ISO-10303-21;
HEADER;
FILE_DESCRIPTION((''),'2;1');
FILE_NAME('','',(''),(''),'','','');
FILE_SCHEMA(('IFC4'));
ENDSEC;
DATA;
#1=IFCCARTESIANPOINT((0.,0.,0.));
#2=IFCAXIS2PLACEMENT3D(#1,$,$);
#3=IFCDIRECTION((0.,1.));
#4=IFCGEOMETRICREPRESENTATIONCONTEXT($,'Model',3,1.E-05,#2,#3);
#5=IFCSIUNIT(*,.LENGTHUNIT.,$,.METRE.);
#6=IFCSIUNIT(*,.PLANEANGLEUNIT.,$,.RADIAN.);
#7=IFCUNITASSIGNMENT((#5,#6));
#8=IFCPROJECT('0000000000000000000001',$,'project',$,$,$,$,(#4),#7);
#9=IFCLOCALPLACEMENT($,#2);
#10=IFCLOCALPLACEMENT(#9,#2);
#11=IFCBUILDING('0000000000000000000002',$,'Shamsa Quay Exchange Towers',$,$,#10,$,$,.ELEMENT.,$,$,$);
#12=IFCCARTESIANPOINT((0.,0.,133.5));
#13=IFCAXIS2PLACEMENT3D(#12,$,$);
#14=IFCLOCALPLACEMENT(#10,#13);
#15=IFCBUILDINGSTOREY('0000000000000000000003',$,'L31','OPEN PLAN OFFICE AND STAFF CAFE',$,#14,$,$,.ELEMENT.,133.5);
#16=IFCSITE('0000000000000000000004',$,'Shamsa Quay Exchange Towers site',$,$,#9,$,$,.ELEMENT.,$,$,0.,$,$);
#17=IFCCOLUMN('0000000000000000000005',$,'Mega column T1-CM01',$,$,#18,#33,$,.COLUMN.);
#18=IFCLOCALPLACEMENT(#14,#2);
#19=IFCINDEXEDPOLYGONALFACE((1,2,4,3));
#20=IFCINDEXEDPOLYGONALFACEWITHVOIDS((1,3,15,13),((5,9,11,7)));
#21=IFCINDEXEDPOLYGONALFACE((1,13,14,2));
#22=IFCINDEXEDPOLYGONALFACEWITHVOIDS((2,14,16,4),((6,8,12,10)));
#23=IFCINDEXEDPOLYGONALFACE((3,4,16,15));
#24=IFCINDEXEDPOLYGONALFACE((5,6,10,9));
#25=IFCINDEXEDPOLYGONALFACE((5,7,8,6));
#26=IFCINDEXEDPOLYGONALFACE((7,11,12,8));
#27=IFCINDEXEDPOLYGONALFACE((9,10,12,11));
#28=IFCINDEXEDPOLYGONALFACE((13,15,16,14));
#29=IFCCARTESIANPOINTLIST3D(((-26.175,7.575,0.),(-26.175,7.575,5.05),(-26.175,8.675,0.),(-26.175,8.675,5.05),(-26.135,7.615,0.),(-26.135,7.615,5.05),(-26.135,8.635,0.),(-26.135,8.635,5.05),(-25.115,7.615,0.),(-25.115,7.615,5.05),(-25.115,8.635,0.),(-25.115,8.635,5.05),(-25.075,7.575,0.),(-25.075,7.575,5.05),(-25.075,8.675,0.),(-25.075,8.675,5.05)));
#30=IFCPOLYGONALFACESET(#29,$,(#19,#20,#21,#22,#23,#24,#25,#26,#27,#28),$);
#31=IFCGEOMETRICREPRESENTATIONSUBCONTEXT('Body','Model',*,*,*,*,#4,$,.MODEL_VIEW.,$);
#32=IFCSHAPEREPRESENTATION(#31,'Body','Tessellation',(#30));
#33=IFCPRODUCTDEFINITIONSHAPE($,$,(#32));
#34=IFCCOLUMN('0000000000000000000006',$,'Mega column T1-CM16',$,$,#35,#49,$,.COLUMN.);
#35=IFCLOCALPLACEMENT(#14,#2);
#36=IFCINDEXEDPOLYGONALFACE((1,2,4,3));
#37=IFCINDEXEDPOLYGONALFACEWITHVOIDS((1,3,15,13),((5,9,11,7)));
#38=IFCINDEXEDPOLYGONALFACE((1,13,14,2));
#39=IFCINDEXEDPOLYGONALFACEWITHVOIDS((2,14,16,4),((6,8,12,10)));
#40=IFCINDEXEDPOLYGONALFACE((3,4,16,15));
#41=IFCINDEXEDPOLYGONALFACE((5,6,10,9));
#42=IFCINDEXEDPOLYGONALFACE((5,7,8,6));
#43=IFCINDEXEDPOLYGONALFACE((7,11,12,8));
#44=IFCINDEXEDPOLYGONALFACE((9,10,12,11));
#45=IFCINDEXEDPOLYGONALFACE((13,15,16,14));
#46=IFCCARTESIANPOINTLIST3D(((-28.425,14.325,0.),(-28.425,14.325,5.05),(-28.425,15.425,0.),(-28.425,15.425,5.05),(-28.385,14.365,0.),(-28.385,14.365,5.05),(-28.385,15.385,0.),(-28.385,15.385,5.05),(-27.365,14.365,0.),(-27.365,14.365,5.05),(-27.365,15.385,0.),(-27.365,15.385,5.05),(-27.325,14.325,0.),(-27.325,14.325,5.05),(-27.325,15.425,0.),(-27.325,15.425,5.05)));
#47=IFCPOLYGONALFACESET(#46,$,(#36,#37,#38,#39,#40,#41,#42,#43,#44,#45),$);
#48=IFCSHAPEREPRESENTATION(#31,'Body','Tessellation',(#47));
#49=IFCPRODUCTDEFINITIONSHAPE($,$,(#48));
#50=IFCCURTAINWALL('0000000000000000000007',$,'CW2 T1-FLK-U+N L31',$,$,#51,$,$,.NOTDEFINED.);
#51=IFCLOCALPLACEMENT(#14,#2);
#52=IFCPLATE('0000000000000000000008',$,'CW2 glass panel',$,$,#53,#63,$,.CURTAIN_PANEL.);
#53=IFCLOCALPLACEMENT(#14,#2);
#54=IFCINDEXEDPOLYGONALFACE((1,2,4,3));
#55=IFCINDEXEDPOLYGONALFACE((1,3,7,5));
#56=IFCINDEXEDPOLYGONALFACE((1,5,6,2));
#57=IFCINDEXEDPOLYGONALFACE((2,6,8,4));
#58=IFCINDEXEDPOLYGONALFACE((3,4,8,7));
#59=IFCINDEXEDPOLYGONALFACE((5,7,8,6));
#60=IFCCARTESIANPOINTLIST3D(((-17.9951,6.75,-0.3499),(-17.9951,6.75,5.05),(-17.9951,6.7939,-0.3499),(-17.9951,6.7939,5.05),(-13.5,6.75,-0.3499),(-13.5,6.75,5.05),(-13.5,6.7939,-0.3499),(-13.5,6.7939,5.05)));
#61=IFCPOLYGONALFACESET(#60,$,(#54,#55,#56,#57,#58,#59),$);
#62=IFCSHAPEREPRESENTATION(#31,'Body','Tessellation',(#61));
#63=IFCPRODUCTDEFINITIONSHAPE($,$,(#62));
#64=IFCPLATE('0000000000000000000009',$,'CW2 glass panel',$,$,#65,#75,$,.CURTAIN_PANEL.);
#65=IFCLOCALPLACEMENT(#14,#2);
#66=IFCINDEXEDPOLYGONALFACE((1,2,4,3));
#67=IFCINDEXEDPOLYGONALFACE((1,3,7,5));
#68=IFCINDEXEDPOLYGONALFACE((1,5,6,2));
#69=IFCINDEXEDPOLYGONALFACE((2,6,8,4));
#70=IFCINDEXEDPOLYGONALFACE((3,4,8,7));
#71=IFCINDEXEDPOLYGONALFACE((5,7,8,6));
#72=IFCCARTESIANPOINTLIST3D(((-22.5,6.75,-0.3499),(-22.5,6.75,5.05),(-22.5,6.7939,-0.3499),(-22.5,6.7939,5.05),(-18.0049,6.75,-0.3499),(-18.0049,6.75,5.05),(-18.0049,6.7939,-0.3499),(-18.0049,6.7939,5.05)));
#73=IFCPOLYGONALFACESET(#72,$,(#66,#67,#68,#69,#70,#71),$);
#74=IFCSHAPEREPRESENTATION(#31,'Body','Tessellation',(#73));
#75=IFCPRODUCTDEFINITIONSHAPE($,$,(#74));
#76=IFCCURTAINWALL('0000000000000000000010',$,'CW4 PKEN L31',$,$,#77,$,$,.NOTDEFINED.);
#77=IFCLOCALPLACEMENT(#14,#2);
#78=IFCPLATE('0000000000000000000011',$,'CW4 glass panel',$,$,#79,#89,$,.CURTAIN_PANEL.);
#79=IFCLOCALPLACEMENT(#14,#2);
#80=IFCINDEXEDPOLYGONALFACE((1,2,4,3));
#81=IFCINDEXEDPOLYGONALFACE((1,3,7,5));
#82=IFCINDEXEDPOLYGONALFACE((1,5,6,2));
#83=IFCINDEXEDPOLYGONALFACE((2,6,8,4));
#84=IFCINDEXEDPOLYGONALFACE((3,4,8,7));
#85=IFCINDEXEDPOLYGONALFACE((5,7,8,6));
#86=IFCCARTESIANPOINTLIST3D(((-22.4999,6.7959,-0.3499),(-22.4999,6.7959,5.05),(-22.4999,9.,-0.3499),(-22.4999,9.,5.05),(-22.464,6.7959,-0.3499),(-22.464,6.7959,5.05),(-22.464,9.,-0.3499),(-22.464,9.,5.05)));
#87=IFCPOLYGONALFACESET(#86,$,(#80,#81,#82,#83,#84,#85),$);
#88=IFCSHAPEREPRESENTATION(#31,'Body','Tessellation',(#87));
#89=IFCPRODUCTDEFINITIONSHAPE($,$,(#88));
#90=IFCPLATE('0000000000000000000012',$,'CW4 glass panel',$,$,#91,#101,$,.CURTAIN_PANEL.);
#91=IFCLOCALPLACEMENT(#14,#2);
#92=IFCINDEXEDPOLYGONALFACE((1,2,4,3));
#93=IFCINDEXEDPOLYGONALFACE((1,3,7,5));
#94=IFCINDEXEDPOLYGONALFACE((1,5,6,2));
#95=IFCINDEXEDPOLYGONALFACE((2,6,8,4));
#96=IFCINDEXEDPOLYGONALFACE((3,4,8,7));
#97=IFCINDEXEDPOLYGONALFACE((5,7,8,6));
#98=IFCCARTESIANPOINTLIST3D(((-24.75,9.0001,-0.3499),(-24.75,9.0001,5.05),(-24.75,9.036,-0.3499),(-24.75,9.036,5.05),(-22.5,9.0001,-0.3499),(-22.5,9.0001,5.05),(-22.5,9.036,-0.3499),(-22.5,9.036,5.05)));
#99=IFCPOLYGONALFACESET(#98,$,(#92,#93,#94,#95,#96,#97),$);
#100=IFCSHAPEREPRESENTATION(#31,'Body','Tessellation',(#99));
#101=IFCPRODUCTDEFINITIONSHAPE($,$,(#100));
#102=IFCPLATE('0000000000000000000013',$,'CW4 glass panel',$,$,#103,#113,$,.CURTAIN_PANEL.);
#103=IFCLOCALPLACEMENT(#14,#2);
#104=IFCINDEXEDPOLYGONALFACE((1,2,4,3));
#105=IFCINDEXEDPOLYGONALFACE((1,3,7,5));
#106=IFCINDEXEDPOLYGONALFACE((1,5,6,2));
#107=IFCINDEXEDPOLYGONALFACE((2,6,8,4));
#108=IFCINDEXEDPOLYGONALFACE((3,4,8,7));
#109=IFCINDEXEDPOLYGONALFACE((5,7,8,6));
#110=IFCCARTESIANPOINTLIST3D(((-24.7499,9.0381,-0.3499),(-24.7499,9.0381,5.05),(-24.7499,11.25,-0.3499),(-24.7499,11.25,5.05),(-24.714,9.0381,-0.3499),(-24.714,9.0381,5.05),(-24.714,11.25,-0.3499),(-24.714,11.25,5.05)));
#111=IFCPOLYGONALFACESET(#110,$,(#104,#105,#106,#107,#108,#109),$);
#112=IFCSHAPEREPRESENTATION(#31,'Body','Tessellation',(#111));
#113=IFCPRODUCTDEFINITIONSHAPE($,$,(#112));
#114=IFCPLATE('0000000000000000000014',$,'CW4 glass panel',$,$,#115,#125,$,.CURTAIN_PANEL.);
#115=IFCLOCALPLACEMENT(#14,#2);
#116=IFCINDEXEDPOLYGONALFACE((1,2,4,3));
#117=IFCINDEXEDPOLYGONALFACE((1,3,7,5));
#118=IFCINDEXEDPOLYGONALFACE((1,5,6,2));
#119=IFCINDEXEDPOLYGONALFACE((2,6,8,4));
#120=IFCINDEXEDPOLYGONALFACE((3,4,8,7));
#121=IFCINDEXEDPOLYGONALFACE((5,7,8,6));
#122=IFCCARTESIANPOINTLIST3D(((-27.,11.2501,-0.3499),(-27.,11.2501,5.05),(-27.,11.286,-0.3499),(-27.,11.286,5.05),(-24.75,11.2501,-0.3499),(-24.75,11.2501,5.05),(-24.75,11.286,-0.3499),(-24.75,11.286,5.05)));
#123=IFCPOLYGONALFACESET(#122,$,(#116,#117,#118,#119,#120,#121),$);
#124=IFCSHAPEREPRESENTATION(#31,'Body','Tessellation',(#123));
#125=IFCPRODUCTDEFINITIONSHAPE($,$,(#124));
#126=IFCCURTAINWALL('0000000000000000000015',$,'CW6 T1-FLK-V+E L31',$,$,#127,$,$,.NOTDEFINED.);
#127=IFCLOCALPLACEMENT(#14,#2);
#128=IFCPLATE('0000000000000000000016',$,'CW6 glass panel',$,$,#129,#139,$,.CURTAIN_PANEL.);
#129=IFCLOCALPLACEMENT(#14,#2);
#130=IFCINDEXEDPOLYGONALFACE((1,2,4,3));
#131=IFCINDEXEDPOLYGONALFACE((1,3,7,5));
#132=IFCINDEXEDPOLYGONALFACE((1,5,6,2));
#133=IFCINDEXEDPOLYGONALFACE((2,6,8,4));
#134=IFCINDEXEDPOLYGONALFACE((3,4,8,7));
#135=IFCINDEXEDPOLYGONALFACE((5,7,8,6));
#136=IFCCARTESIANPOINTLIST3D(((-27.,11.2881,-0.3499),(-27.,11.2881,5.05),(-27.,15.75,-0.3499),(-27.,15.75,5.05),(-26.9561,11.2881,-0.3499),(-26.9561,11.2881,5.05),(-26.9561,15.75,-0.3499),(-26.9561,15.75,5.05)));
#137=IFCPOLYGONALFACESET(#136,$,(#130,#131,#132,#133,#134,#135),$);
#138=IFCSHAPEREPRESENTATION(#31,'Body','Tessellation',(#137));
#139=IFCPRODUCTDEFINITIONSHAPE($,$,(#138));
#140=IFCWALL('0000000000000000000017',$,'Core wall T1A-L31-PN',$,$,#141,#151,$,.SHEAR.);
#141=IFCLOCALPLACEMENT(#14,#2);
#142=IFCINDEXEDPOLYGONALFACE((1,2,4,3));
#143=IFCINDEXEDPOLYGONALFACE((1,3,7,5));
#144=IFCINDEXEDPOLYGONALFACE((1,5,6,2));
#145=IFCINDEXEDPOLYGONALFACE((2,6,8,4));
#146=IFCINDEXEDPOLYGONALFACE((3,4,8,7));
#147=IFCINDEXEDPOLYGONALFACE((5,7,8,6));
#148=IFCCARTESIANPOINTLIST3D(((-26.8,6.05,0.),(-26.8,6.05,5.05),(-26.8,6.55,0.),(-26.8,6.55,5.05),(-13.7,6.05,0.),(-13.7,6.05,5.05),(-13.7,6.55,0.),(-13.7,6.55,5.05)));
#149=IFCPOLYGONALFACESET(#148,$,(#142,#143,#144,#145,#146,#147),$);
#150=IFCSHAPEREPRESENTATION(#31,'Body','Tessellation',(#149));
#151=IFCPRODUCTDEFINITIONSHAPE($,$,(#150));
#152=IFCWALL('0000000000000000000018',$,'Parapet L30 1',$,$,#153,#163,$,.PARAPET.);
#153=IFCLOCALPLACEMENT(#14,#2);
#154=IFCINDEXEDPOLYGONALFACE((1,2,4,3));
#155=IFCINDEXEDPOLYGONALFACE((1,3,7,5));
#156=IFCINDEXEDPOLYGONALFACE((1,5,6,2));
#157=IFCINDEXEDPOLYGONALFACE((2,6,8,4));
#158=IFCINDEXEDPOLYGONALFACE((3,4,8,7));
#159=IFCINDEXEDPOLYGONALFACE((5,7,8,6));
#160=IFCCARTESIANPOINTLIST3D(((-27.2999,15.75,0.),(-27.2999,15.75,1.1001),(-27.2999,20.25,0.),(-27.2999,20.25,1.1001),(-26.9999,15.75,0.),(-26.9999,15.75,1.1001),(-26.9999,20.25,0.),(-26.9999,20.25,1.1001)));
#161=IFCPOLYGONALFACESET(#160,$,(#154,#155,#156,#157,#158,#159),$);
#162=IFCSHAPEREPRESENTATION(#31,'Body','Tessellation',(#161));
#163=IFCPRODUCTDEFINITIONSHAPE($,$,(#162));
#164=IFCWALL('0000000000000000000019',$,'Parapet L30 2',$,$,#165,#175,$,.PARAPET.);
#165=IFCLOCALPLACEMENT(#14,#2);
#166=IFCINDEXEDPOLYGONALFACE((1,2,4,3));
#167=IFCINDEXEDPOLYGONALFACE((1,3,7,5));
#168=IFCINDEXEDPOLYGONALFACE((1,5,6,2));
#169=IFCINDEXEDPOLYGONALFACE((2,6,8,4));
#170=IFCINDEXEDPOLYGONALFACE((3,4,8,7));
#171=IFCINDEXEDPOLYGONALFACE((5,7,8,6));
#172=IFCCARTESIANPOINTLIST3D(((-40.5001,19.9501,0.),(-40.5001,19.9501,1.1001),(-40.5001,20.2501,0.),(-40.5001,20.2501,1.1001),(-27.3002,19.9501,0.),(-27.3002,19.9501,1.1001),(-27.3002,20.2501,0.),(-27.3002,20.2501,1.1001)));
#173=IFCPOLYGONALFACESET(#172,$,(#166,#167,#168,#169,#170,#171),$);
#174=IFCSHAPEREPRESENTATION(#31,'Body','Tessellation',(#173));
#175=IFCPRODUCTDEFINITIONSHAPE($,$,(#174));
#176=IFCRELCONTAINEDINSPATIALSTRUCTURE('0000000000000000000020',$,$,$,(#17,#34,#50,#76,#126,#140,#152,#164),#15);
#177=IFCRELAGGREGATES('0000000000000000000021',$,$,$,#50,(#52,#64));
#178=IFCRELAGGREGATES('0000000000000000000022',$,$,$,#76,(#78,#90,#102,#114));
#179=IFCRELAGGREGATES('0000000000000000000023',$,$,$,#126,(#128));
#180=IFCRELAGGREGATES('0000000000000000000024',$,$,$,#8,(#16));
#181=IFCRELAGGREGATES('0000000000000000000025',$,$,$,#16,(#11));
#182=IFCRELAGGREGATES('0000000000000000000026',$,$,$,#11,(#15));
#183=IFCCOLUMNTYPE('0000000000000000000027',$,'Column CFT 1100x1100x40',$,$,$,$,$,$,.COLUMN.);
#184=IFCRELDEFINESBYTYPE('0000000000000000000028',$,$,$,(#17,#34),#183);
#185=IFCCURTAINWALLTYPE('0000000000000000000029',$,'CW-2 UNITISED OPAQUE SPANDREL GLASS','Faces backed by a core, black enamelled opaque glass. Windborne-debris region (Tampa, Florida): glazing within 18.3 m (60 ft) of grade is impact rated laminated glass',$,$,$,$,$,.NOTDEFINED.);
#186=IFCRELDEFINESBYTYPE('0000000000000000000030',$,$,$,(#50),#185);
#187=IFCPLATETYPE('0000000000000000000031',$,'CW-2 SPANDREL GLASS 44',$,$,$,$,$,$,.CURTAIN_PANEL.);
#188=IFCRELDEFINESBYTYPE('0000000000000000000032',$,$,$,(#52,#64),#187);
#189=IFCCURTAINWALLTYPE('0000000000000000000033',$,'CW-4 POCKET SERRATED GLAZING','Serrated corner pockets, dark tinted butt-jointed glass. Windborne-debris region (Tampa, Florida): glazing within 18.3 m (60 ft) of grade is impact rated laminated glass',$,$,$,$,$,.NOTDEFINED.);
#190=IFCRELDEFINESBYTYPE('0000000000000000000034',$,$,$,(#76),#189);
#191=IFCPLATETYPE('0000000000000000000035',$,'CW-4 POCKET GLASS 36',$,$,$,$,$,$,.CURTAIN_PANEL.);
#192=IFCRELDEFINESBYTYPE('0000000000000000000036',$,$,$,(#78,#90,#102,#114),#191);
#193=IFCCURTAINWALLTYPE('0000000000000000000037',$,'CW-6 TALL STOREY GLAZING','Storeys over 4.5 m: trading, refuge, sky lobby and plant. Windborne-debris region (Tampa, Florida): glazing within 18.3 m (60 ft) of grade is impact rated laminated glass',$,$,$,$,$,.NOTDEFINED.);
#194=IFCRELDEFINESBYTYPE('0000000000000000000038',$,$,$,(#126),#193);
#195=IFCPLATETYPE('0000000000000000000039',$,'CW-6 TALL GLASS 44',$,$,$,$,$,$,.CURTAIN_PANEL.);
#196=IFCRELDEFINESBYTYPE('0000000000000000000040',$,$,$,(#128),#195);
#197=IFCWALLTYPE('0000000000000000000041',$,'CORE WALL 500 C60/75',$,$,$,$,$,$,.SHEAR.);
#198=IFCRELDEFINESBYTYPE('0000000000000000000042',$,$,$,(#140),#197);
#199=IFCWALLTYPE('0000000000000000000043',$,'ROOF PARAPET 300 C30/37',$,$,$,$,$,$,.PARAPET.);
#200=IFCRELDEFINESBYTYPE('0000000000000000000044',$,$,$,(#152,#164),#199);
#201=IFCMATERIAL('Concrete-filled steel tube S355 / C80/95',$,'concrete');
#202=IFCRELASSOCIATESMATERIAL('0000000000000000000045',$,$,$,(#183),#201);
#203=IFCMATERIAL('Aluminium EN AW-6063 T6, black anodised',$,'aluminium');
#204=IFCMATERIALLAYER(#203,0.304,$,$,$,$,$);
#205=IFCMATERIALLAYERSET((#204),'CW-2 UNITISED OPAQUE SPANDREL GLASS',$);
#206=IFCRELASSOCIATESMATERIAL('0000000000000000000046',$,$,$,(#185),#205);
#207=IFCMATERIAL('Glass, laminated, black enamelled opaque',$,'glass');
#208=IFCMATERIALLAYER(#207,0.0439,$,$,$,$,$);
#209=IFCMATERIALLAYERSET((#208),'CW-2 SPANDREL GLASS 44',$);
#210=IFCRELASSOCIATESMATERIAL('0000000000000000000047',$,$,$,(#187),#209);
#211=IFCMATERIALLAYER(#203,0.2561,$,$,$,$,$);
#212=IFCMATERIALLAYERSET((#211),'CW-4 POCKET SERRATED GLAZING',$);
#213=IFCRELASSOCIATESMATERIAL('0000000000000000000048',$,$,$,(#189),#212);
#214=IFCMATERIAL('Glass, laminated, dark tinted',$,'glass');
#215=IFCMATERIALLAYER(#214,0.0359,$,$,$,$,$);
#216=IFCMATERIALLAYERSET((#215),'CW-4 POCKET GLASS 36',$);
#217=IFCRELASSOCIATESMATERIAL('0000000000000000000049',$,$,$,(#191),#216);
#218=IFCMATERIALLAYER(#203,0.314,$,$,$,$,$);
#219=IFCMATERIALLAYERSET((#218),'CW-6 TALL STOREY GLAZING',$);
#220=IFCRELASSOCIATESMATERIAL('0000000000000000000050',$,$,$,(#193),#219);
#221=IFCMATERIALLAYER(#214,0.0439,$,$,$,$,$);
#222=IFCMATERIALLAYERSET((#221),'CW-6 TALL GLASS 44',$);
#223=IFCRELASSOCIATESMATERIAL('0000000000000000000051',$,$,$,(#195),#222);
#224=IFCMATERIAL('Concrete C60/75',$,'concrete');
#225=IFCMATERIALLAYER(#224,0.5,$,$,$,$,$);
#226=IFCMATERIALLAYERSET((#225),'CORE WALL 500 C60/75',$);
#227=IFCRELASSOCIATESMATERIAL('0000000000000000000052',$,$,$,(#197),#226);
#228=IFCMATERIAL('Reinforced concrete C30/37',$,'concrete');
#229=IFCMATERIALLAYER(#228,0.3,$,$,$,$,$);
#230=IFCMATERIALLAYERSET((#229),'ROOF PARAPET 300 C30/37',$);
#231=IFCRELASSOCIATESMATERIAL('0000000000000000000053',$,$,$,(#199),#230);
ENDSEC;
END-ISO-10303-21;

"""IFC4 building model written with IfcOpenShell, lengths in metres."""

from ifc_helpers import new_model, si_unit, direction, frame, frame_2d, origin, origin_2d, place, context, subcontext, project, spatial, rectangle, hollow_rectangle, extrude, material, layer, layer_set, material_profile, profile_set, type_object, element, aggregate, save


model = new_model("IFC4")

# Units and contexts
model_context = context("Model", 3, precision=1e-05, world=origin(), true_north=direction((0.0, 1.0)))
body_context = subcontext(model_context, "Body", "Model", "MODEL_VIEW")
ifc_project = project(units=[si_unit("LENGTHUNIT", "METRE"), si_unit("PLANEANGLEUNIT", "RADIAN")], contexts=[model_context])

# Site, building, storey
site_placement = place(None, origin())
site = spatial("IfcSite", under=ifc_project, at=site_placement, Name="Shamsa Quay Exchange Towers site", CompositionType="ELEMENT", RefElevation=0.0)
building_placement = place(site_placement, origin())
building = spatial("IfcBuilding", under=site, at=building_placement, Name="Shamsa Quay Exchange Towers", CompositionType="ELEMENT")
storey_placement = place(building_placement, frame((0.0, 0.0, 133.5)))
storey = spatial("IfcBuildingStorey", under=building, at=storey_placement, Name="L31", Description="OPEN PLAN OFFICE AND STAFF CAFE", CompositionType="ELEMENT", Elevation=133.5)

# Columns
ifc_material_1 = material(Name="Concrete-filled steel tube S355 / C80/95", Category="concrete")
ifc_material_profile = material_profile(ifc_material_1, hollow_rectangle(XDim=1.1001, YDim=1.1001, WallThickness=0.04, at=origin_2d()), Name="CFT 1100x1100x40")
ifc_profile_set = profile_set([ifc_material_profile], Name="Concrete-filled steel tube S355 / C80/95")
column_type = type_object("IfcColumnType", Name="Column CFT 1100x1100x40", PredefinedType="COLUMN", material=ifc_profile_set)
for number, where, name in (
    (1, (-25.625, 8.125, 0.0), "Mega column T1-CM01"),
    (2, (-27.875, 14.875, 0.0), "Mega column T1-CM16"),
):
    element("IfcColumn", number, at=place(storey_placement, frame(where)), inside=storey, type_object=column_type, Name=name, PredefinedType="COLUMN", context=body_context, shape_type="SweptSolid", body=[
        extrude(hollow_rectangle(XDim=1.1001, YDim=1.1001, WallThickness=0.04, at=origin_2d()), origin(), (0.0, 0.0, 1.0), 5.05),
    ])

# Curtain walls, plates
ifc_material_2 = material(Name="Aluminium EN AW-6063 T6, black anodised", Category="aluminium")
ifc_layer_1 = layer(ifc_material_2, 0.304)
ifc_layer_set_1 = layer_set([ifc_layer_1], Name="CW-2 UNITISED OPAQUE SPANDREL GLASS")
curtain_wall_type_1 = type_object("IfcCurtainWallType", Name="CW-2 UNITISED OPAQUE SPANDREL GLASS", Description="Faces backed by a core, black enamelled opaque glass. Windborne-debris region (Tampa, Florida): glazing within 18.3 m (60 ft) of grade is impact rated laminated glass", PredefinedType="NOTDEFINED", material=ifc_layer_set_1)
curtain_wall_1_placement = place(storey_placement, origin())
curtain_wall_1 = element("IfcCurtainWall", 3, at=curtain_wall_1_placement, inside=storey, type_object=curtain_wall_type_1, Name="CW2 T1-FLK-U+N L31", PredefinedType="NOTDEFINED")
ifc_material_3 = material(Name="Glass, laminated, black enamelled opaque", Category="glass")
ifc_layer_2 = layer(ifc_material_3, 0.0439)
ifc_layer_set_2 = layer_set([ifc_layer_2], Name="CW-2 SPANDREL GLASS 44")
plate_type_1 = type_object("IfcPlateType", Name="CW-2 SPANDREL GLASS 44", PredefinedType="CURTAIN_PANEL", material=ifc_layer_set_2)
plate_1_placement = place(storey_placement, frame((-15.7476, 6.772, -0.3499), z_axis=(0.0, 0.0, 1.0), x_axis=(-1.0, 0.0, 0.0)))
plate_1 = element("IfcPlate", 4, at=plate_1_placement, type_object=plate_type_1, Name="CW2 glass panel", PredefinedType="CURTAIN_PANEL", context=body_context, shape_type="SweptSolid", body=[
    extrude(rectangle(XDim=4.4951, YDim=0.0439, at=origin_2d()), origin(), (0.0, 0.0, 1.0), 5.3999),
])
plate_2_placement = place(storey_placement, frame((-20.2524, 6.772, -0.3499), z_axis=(0.0, 0.0, 1.0), x_axis=(-1.0, 0.0, 0.0)))
plate_2 = element("IfcPlate", 5, at=plate_2_placement, type_object=plate_type_1, Name="CW2 glass panel", PredefinedType="CURTAIN_PANEL", context=body_context, shape_type="SweptSolid", body=[
    extrude(rectangle(XDim=4.4951, YDim=0.0439, at=origin_2d()), origin(), (0.0, 0.0, 1.0), 5.3999),
])
aggregate(curtain_wall_1, [plate_1, plate_2])
ifc_layer_3 = layer(ifc_material_2, 0.2561)
ifc_layer_set_3 = layer_set([ifc_layer_3], Name="CW-4 POCKET SERRATED GLAZING")
curtain_wall_type_2 = type_object("IfcCurtainWallType", Name="CW-4 POCKET SERRATED GLAZING", Description="Serrated corner pockets, dark tinted butt-jointed glass. Windborne-debris region (Tampa, Florida): glazing within 18.3 m (60 ft) of grade is impact rated laminated glass", PredefinedType="NOTDEFINED", material=ifc_layer_set_3)
curtain_wall_2_placement = place(storey_placement, origin())
curtain_wall_2 = element("IfcCurtainWall", 6, at=curtain_wall_2_placement, inside=storey, type_object=curtain_wall_type_2, Name="CW4 PKEN L31", PredefinedType="NOTDEFINED")
ifc_material_4 = material(Name="Glass, laminated, dark tinted", Category="glass")
ifc_layer_4 = layer(ifc_material_4, 0.0359)
ifc_layer_set_4 = layer_set([ifc_layer_4], Name="CW-4 POCKET GLASS 36")
plate_type_2 = type_object("IfcPlateType", Name="CW-4 POCKET GLASS 36", PredefinedType="CURTAIN_PANEL", material=ifc_layer_set_4)
plate_3_placement = place(storey_placement, frame((-22.4819, 7.8979, -0.3499), z_axis=(0.0, 0.0, 1.0), x_axis=(0.0, 1.0, 0.0)))
plate_3 = element("IfcPlate", 7, at=plate_3_placement, type_object=plate_type_2, Name="CW4 glass panel", PredefinedType="CURTAIN_PANEL", context=body_context, shape_type="SweptSolid", body=[
    extrude(rectangle(XDim=2.2041, YDim=0.0359, at=origin_2d()), origin(), (0.0, 0.0, 1.0), 5.3999),
])
plate_4_placement = place(storey_placement, frame((-23.625, 9.0181, -0.3499), z_axis=(0.0, 0.0, 1.0), x_axis=(-1.0, 0.0, 0.0)))
plate_4 = element("IfcPlate", 8, at=plate_4_placement, type_object=plate_type_2, Name="CW4 glass panel", PredefinedType="CURTAIN_PANEL", context=body_context, shape_type="SweptSolid", body=[
    extrude(rectangle(XDim=2.25, YDim=0.0359, at=origin_2d()), origin(), (0.0, 0.0, 1.0), 5.3999),
])
plate_5_placement = place(storey_placement, frame((-24.7319, 10.144, -0.3499), z_axis=(0.0, 0.0, 1.0), x_axis=(0.0, 1.0, 0.0)))
plate_5 = element("IfcPlate", 9, at=plate_5_placement, type_object=plate_type_2, Name="CW4 glass panel", PredefinedType="CURTAIN_PANEL", context=body_context, shape_type="SweptSolid", body=[
    extrude(rectangle(XDim=2.2119, YDim=0.0359, at=origin_2d()), origin(), (0.0, 0.0, 1.0), 5.3999),
])
plate_6_placement = place(storey_placement, frame((-25.875, 11.2681, -0.3499), z_axis=(0.0, 0.0, 1.0), x_axis=(-1.0, 0.0, 0.0)))
plate_6 = element("IfcPlate", 10, at=plate_6_placement, type_object=plate_type_2, Name="CW4 glass panel", PredefinedType="CURTAIN_PANEL", context=body_context, shape_type="SweptSolid", body=[
    extrude(rectangle(XDim=2.25, YDim=0.0359, at=origin_2d()), origin(), (0.0, 0.0, 1.0), 5.3999),
])
aggregate(curtain_wall_2, [plate_3, plate_4, plate_5, plate_6])

# Curtain wall, plate
ifc_layer_5 = layer(ifc_material_2, 0.314)
ifc_layer_set_5 = layer_set([ifc_layer_5], Name="CW-6 TALL STOREY GLAZING")
curtain_wall_type_3 = type_object("IfcCurtainWallType", Name="CW-6 TALL STOREY GLAZING", Description="Storeys over 4.5 m: trading, refuge, sky lobby and plant. Windborne-debris region (Tampa, Florida): glazing within 18.3 m (60 ft) of grade is impact rated laminated glass", PredefinedType="NOTDEFINED", material=ifc_layer_set_5)
curtain_wall_3_placement = place(storey_placement, origin())
curtain_wall_3 = element("IfcCurtainWall", 11, at=curtain_wall_3_placement, inside=storey, type_object=curtain_wall_type_3, Name="CW6 T1-FLK-V+E L31", PredefinedType="NOTDEFINED")
ifc_layer_6 = layer(ifc_material_4, 0.0439)
ifc_layer_set_6 = layer_set([ifc_layer_6], Name="CW-6 TALL GLASS 44")
plate_type_3 = type_object("IfcPlateType", Name="CW-6 TALL GLASS 44", PredefinedType="CURTAIN_PANEL", material=ifc_layer_set_6)
plate_7_placement = place(storey_placement, frame((-26.978, 13.519, -0.3499), z_axis=(0.0, 0.0, 1.0), x_axis=(0.0, 1.0, 0.0)))
plate_7 = element("IfcPlate", 12, at=plate_7_placement, type_object=plate_type_3, Name="CW6 glass panel", PredefinedType="CURTAIN_PANEL", context=body_context, shape_type="SweptSolid", body=[
    extrude(rectangle(XDim=4.4619, YDim=0.0439, at=origin_2d()), origin(), (0.0, 0.0, 1.0), 5.3999),
])
aggregate(curtain_wall_3, [plate_7])

# Wall
ifc_material_5 = material(Name="Concrete C60/75", Category="concrete")
ifc_layer_7 = layer(ifc_material_5, 0.5)
ifc_layer_set_7 = layer_set([ifc_layer_7], Name="CORE WALL 500 C60/75")
wall_type_1 = type_object("IfcWallType", Name="CORE WALL 500 C60/75", PredefinedType="SHEAR", material=ifc_layer_set_7)
wall_1_placement = place(storey_placement, frame((-26.8, 6.3, 0.0)))
element("IfcWall", 13, at=wall_1_placement, inside=storey, type_object=wall_type_1, Name="Core wall T1A-L31-PN", PredefinedType="SHEAR", context=body_context, shape_type="SweptSolid", body=[
    extrude(rectangle(XDim=13.1001, YDim=0.5, at=frame_2d((6.55, 0.0))), origin(), (0.0, 0.0, 1.0), 5.05),
])

# Walls
ifc_material_6 = material(Name="Reinforced concrete C30/37", Category="concrete")
ifc_layer_8 = layer(ifc_material_6, 0.3)
ifc_layer_set_8 = layer_set([ifc_layer_8], Name="ROOF PARAPET 300 C30/37")
wall_type_2 = type_object("IfcWallType", Name="ROOF PARAPET 300 C30/37", PredefinedType="PARAPET", material=ifc_layer_set_8)
wall_2_placement = place(storey_placement, frame((-27.1499, 15.75, 0.0), z_axis=(0.0, 0.0, 1.0), x_axis=(0.0, 1.0, 0.0)))
element("IfcWall", 14, at=wall_2_placement, inside=storey, type_object=wall_type_2, Name="Parapet L30 1", PredefinedType="PARAPET", context=body_context, shape_type="SweptSolid", body=[
    extrude(rectangle(XDim=4.5, YDim=0.3, at=frame_2d((2.25, 0.0))), origin(), (0.0, 0.0, 1.0), 1.1001),
])
wall_3_placement = place(storey_placement, frame((-27.3, 20.1001, 0.0), z_axis=(0.0, 0.0, 1.0), x_axis=(-1.0, 0.0, 0.0)))
element("IfcWall", 15, at=wall_3_placement, inside=storey, type_object=wall_type_2, Name="Parapet L30 2", PredefinedType="PARAPET", context=body_context, shape_type="SweptSolid", body=[
    extrude(rectangle(XDim=13.2, YDim=0.3, at=frame_2d((6.6001, 0.0))), origin(), (0.0, 0.0, 1.0), 1.1001),
])

save(model, "model.ifc")
